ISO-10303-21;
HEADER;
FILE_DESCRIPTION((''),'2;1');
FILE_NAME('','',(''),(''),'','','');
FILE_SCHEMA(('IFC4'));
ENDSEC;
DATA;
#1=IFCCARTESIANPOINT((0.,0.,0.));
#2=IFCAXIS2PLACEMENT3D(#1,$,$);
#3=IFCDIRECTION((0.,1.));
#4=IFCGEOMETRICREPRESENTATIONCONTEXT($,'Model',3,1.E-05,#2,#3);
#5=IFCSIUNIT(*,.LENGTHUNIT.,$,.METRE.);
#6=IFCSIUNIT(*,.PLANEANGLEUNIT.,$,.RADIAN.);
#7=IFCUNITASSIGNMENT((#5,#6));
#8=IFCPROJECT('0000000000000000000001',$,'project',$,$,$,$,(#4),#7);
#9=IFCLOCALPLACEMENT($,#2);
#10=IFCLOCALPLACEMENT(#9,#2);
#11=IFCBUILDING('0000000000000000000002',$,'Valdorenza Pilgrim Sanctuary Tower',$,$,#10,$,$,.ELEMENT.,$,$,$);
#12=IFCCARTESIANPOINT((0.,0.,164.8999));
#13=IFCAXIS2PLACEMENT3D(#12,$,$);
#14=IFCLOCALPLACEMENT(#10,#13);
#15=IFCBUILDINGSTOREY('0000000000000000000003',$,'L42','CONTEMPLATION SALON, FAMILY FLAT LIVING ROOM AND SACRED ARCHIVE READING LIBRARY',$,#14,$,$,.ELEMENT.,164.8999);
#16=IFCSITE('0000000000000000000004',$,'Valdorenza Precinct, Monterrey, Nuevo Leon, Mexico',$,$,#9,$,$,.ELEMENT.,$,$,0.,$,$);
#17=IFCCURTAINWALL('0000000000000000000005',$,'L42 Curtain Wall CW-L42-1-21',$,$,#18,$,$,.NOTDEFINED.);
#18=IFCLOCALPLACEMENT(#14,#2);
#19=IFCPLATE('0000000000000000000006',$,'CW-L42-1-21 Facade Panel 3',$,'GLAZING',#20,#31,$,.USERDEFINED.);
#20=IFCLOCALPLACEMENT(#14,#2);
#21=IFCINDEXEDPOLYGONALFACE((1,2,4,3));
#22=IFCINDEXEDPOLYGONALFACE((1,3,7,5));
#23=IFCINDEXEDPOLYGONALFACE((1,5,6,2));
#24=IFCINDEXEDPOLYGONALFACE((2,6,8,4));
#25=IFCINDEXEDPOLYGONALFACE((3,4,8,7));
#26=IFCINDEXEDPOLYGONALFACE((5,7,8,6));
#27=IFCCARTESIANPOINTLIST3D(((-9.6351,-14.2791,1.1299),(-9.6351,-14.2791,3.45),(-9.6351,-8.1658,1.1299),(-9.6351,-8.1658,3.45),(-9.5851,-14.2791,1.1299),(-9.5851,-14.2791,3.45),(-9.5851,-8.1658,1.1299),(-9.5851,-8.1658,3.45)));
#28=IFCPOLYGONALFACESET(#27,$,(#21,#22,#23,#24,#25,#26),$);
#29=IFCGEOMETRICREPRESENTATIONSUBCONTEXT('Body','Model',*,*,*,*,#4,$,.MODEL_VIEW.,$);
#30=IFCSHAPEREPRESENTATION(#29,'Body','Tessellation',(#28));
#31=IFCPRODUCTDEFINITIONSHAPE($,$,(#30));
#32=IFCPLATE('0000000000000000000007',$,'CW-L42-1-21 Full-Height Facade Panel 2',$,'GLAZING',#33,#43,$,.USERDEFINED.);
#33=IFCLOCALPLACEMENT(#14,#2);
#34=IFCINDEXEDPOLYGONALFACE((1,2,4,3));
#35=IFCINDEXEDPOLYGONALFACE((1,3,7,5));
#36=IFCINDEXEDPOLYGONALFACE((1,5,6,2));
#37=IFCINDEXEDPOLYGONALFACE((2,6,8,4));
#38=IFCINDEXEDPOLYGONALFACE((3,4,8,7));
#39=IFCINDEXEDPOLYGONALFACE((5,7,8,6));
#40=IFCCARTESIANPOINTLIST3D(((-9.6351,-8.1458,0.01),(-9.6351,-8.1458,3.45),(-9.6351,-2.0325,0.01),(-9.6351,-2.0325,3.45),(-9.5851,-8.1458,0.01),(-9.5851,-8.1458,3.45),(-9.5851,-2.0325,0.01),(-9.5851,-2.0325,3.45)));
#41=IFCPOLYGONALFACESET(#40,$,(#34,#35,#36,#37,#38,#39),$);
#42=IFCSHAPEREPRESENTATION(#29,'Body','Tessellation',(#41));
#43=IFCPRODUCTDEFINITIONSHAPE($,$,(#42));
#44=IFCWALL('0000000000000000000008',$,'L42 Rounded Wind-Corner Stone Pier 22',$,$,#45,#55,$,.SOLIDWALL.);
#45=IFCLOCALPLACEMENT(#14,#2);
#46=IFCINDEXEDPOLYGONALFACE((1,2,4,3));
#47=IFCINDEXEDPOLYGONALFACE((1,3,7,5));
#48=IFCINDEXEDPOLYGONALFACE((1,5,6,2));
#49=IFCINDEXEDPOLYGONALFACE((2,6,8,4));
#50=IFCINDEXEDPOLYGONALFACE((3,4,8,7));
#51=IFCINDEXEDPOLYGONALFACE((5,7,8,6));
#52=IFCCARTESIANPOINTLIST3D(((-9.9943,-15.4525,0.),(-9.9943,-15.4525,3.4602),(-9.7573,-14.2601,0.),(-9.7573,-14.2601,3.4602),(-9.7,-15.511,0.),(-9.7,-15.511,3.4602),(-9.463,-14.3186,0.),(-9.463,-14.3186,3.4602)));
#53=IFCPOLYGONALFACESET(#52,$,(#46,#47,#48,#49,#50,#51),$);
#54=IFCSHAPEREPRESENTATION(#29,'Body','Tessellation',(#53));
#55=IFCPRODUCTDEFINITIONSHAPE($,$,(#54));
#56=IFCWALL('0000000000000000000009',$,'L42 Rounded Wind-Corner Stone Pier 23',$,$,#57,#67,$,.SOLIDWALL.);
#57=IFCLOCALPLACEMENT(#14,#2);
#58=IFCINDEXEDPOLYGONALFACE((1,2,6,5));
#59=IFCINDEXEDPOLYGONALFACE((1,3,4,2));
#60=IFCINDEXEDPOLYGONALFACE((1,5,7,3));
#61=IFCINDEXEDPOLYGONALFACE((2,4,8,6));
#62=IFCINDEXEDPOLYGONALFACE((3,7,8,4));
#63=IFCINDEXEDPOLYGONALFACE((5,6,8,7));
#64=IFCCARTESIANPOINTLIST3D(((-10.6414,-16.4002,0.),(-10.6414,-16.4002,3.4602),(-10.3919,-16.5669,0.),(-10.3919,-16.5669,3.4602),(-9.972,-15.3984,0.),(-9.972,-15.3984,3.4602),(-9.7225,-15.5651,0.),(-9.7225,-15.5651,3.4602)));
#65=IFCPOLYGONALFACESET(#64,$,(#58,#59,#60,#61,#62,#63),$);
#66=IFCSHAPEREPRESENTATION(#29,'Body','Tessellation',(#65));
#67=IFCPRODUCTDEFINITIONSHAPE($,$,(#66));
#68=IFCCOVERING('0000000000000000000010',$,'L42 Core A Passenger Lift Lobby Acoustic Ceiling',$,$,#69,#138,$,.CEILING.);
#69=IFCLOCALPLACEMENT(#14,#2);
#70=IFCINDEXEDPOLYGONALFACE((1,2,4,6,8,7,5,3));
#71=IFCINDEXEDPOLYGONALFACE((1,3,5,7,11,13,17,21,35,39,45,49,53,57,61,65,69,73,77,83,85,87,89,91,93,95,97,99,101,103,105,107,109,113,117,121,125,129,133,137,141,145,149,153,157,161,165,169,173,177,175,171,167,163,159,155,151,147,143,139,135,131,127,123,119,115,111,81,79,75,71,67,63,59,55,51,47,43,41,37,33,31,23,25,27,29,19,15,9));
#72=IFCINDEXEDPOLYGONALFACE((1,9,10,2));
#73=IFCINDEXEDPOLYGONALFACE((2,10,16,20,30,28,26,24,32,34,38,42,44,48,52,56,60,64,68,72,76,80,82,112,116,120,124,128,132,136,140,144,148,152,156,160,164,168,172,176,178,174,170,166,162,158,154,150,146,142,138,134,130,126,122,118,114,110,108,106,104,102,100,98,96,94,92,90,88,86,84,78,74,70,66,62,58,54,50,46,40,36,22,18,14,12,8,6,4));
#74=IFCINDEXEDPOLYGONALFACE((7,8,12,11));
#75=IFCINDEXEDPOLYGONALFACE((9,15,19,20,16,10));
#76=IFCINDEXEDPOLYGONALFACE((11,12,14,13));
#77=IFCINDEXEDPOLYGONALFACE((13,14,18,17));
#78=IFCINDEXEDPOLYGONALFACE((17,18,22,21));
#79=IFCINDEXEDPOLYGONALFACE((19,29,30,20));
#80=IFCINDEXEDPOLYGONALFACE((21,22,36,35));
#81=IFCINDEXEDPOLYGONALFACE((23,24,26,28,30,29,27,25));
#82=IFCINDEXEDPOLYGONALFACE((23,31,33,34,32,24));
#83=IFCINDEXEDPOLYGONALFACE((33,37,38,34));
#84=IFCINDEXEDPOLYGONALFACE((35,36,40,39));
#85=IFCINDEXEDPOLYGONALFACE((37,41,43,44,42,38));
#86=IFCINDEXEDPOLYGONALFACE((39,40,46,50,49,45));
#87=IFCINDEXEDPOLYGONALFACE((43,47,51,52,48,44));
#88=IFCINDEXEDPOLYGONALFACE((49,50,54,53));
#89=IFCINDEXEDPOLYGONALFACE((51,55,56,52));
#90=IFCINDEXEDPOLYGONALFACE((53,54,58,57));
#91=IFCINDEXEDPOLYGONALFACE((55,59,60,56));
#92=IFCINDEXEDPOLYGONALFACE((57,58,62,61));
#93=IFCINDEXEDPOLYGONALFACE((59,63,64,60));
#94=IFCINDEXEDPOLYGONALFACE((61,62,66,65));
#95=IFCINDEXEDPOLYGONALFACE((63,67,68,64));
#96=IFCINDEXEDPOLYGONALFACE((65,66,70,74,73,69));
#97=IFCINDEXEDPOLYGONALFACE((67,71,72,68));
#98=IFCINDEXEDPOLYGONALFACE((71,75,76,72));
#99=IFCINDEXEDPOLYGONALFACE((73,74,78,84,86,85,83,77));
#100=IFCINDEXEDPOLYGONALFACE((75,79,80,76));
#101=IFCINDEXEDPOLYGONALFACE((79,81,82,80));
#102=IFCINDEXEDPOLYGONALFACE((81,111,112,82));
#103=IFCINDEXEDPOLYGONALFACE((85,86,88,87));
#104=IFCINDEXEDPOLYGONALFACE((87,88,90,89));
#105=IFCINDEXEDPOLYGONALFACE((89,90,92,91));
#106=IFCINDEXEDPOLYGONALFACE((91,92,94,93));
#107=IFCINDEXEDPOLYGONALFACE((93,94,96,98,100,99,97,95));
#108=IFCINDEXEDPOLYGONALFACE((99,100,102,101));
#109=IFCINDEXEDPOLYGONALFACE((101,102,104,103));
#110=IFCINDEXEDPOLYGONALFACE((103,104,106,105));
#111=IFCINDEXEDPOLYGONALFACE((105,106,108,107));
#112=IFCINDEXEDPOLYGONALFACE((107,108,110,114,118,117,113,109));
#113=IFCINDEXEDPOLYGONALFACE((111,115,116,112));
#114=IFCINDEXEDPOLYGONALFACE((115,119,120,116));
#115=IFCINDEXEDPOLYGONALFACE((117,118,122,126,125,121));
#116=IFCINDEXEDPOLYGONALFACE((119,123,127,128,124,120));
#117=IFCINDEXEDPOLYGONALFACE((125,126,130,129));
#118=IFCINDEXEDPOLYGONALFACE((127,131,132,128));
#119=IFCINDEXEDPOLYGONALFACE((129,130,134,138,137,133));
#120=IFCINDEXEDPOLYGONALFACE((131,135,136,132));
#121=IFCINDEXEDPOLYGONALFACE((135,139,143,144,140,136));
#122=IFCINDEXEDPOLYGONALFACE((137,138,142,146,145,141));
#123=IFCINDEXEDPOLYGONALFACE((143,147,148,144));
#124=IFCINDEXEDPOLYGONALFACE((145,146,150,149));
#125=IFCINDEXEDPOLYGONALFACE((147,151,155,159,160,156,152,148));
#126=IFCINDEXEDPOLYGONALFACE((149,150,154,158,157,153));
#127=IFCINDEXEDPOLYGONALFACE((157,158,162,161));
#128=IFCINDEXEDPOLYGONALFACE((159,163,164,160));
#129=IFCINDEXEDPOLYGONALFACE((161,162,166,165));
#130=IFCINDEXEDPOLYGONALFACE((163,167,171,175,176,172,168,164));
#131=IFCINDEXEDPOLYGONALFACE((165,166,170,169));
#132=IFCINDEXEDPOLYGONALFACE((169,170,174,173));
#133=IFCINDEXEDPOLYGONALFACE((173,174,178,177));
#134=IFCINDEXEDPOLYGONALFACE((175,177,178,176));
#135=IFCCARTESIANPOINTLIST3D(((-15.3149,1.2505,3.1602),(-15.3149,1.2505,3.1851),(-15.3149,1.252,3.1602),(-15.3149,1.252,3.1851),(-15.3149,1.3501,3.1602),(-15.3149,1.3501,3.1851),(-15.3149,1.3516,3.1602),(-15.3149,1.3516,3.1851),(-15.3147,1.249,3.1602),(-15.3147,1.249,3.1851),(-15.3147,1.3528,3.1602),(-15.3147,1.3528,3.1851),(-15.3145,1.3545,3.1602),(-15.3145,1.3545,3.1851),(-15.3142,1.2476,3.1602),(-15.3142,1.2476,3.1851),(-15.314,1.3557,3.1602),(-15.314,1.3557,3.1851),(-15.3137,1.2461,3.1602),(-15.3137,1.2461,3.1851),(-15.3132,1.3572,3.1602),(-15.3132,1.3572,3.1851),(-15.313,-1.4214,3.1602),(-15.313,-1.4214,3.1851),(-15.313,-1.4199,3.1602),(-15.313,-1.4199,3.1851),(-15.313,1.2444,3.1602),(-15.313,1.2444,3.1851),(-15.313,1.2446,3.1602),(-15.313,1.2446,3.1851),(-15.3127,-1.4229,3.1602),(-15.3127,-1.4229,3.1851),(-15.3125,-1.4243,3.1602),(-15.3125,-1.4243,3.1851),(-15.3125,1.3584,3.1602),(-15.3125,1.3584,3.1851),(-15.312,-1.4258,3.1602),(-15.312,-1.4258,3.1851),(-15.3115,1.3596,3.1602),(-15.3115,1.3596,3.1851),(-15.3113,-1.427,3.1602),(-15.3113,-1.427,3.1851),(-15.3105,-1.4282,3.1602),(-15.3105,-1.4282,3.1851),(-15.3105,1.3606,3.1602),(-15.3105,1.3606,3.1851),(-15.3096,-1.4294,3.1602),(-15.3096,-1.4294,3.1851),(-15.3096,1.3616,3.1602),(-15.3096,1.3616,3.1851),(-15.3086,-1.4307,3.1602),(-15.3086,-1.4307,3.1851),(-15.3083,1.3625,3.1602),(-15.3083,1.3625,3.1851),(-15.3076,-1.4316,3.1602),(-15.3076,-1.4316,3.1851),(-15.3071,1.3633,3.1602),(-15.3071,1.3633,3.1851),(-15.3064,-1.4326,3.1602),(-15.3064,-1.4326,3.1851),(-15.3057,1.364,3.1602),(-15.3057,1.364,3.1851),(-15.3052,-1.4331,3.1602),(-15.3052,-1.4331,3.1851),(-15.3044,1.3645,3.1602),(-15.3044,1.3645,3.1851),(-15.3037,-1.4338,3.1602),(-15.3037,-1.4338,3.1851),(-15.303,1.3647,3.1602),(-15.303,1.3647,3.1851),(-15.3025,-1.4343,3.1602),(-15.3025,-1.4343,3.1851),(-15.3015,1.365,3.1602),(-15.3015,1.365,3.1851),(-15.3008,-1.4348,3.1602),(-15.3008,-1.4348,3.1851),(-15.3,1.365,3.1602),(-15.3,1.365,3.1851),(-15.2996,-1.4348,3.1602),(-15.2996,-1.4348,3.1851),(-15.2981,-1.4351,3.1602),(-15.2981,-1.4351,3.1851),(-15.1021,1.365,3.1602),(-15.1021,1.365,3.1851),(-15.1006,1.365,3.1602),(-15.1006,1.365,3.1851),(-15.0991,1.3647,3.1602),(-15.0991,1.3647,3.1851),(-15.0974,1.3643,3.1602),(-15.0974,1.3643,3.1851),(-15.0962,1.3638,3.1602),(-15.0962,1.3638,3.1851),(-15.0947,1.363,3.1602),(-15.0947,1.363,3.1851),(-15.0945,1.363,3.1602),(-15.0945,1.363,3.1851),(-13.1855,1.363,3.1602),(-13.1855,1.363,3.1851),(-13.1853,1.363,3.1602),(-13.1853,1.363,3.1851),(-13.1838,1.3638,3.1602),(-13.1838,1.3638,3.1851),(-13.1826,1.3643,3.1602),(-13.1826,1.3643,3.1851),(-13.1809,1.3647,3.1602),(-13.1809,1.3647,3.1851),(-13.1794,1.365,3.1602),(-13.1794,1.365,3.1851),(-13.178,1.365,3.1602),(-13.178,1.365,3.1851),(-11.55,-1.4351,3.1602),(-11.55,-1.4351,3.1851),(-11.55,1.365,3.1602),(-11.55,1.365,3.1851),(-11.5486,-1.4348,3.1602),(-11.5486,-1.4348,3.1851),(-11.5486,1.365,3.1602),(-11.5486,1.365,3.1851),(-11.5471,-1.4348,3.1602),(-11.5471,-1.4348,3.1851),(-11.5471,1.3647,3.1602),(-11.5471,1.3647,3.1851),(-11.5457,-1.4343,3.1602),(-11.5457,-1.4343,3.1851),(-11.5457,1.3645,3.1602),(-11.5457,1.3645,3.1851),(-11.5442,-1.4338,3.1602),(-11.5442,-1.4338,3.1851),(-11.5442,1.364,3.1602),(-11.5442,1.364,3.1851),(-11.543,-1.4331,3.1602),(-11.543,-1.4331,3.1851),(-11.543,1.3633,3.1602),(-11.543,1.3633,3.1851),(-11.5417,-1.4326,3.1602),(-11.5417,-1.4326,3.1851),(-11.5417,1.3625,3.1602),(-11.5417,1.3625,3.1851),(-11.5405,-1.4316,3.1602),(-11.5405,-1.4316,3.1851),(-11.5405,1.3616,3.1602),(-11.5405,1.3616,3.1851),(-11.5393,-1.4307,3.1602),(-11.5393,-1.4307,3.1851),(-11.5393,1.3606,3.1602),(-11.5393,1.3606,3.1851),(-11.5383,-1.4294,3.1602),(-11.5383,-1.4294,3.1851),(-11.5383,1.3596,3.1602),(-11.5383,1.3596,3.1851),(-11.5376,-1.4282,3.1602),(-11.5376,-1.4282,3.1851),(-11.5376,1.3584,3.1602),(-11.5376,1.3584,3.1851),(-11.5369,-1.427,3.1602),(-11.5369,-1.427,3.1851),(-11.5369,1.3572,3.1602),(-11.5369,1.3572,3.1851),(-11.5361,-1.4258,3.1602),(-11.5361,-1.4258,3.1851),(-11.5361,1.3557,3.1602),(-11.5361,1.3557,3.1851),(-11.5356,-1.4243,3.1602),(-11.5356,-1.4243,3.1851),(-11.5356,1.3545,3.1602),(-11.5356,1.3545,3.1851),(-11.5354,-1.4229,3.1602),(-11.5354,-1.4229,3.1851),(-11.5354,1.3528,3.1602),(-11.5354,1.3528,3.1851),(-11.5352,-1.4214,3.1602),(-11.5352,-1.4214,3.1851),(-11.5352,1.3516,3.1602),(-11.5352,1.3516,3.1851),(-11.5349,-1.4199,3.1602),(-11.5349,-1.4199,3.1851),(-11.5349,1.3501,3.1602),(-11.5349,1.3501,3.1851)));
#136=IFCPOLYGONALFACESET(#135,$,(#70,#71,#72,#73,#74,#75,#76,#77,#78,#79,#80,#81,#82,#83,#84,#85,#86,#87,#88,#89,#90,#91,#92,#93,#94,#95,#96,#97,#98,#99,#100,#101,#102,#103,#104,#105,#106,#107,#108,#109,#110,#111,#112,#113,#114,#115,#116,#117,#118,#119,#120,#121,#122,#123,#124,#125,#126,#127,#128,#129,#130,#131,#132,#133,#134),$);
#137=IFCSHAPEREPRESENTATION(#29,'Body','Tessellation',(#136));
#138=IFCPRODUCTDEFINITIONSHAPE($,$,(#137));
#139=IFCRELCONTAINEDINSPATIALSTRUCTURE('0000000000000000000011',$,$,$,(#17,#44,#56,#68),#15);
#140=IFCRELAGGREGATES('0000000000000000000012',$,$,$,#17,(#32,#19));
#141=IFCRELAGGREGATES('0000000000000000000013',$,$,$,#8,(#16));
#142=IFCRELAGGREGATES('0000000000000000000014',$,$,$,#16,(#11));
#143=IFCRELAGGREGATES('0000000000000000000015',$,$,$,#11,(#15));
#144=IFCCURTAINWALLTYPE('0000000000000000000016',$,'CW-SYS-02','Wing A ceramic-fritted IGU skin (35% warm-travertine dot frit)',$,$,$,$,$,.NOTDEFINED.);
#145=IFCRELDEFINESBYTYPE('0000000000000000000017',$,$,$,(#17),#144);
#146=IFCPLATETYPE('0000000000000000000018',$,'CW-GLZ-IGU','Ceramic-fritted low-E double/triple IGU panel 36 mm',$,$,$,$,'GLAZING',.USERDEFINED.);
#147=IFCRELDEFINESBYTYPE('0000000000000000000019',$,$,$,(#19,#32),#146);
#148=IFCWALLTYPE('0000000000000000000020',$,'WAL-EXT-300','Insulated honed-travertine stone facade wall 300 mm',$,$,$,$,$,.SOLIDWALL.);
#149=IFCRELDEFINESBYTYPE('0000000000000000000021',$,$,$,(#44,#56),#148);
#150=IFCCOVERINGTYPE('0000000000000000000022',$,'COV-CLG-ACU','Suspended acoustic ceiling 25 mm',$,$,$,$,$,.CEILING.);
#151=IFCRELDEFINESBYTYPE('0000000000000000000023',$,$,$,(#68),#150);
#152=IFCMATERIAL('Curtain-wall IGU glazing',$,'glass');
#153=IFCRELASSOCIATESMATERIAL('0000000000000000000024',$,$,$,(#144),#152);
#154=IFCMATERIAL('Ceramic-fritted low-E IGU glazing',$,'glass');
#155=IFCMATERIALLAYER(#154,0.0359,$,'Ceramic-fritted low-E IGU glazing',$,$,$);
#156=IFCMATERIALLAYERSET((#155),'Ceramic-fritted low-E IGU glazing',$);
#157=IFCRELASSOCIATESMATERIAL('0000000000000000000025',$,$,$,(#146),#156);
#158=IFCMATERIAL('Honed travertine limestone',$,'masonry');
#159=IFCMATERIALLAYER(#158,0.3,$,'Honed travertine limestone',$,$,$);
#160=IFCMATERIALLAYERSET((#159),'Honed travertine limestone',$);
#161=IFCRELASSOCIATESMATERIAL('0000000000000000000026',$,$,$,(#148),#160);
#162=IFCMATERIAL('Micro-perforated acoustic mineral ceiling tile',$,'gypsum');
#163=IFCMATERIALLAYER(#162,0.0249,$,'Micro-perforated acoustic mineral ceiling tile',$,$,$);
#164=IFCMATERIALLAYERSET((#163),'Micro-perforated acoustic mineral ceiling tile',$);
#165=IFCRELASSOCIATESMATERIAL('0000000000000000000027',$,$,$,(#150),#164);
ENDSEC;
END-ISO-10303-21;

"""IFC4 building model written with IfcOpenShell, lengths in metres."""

from ifc_helpers import new_model, si_unit, direction, frame, frame_2d, origin, origin_2d, place, context, subcontext, project, spatial, polyline, rectangle, outline, extrude, source, transform, mapped, material, layer, layer_set, type_object, element, aggregate, save


model = new_model("IFC4")

# Units and contexts
model_context = context("Model", 3, precision=1e-05, world=origin(), true_north=direction((0.0, 1.0)))
body_context = subcontext(model_context, "Body", "Model", "MODEL_VIEW")
ifc_project = project(units=[si_unit("LENGTHUNIT", "METRE"), si_unit("PLANEANGLEUNIT", "RADIAN")], contexts=[model_context])

# Site, building, storey
site_placement = place(None, origin())
site = spatial("IfcSite", under=ifc_project, at=site_placement, Name="Valdorenza Precinct, Monterrey, Nuevo Leon, Mexico", CompositionType="ELEMENT", RefElevation=0.0)
building_placement = place(site_placement, origin())
building = spatial("IfcBuilding", under=site, at=building_placement, Name="Valdorenza Pilgrim Sanctuary Tower", CompositionType="ELEMENT")
storey_placement = place(building_placement, frame((0.0, 0.0, 164.8999)))
storey = spatial("IfcBuildingStorey", under=building, at=storey_placement, Name="L42", Description="CONTEMPLATION SALON, FAMILY FLAT LIVING ROOM AND SACRED ARCHIVE READING LIBRARY", CompositionType="ELEMENT", Elevation=164.8999)

# Curtain wall
ifc_material_1 = material(Name="Curtain-wall IGU glazing", Category="glass")
curtain_wall_type = type_object("IfcCurtainWallType", Name="CW-SYS-02", Description="Wing A ceramic-fritted IGU skin (35% warm-travertine dot frit)", PredefinedType="NOTDEFINED", material=ifc_material_1)
curtain_wall_placement = place(storey_placement, origin())
curtain_wall = element("IfcCurtainWall", 1, at=curtain_wall_placement, inside=storey, type_object=curtain_wall_type, Name="L42 Curtain Wall CW-L42-1-21", PredefinedType="NOTDEFINED")

# Plates
ifc_material_2 = material(Name="Honed travertine limestone", Category="masonry")
ifc_material_3 = material(Name="Ceramic-fritted low-E IGU glazing", Category="glass")
ifc_layer_1 = layer(ifc_material_3, 0.0359, Name="Ceramic-fritted low-E IGU glazing")
ifc_layer_set_1 = layer_set([ifc_layer_1], Name="Ceramic-fritted low-E IGU glazing")
plate_type_1 = type_object("IfcPlateType", Name="CW-GLZ-IGU", Description="Ceramic-fritted low-E double/triple IGU panel 36 mm", ElementType="GLAZING", PredefinedType="USERDEFINED", material=ifc_layer_set_1)
shared_shape_1 = source(origin(), body_context, "Body", "SweptSolid", [
    extrude(rectangle(XDim=6.1133, YDim=0.05, at=origin_2d()), origin(), (0.0, 0.0, 1.0), 2.3201),
])
plate_1_placement = place(storey_placement, frame((-9.6101, -11.2224, 1.1299), z_axis=(0.0, 0.0, 1.0), x_axis=(0.0, -1.0, 0.0)))
plate_1 = element("IfcPlate", 2, at=plate_1_placement, type_object=plate_type_1, Name="CW-L42-1-21 Facade Panel 3", ObjectType="GLAZING", PredefinedType="USERDEFINED", context=body_context, shape_type="MappedRepresentation", body=[
    mapped(shared_shape_1, transform((0.0, 0.0, 0.0), x_axis=(1.0, 0.0, 0.0), y_axis=(0.0, 1.0, 0.0), z_axis=(0.0, 0.0, 1.0), scale=1.0)),
])
shared_shape_2 = source(origin(), body_context, "Body", "SweptSolid", [
    extrude(rectangle(XDim=6.1133, YDim=0.05, at=origin_2d()), origin(), (0.0, 0.0, 1.0), 3.4399),
])
plate_2_placement = place(storey_placement, frame((-9.6101, -5.0891, 0.01), z_axis=(0.0, 0.0, 1.0), x_axis=(0.0, -1.0, 0.0)))
plate_2 = element("IfcPlate", 3, at=plate_2_placement, type_object=plate_type_1, Name="CW-L42-1-21 Full-Height Facade Panel 2", ObjectType="GLAZING", PredefinedType="USERDEFINED", context=body_context, shape_type="MappedRepresentation", body=[
    mapped(shared_shape_2, transform((0.0, 0.0, 0.0), x_axis=(1.0, 0.0, 0.0), y_axis=(0.0, 1.0, 0.0), z_axis=(0.0, 0.0, 1.0), scale=1.0)),
])
aggregate(curtain_wall, [plate_2, plate_1])

# Walls
ifc_layer_2 = layer(ifc_material_2, 0.3, Name="Honed travertine limestone")
ifc_layer_set_2 = layer_set([ifc_layer_2], Name="Honed travertine limestone")
wall_type = type_object("IfcWallType", Name="WAL-EXT-300", Description="Insulated honed-travertine stone facade wall 300 mm", PredefinedType="SOLIDWALL", material=ifc_layer_set_2)
wall_1_placement = place(storey_placement, frame((-9.6101, -14.2893, 0.0), z_axis=(0.0, 0.0, 1.0), x_axis=(-0.194996, -0.980804, 0.0)))
element("IfcWall", 4, at=wall_1_placement, inside=storey, type_object=wall_type, Name="L42 Rounded Wind-Corner Stone Pier 22", PredefinedType="SOLIDWALL", context=body_context, shape_type="SweptSolid", body=[
    extrude(rectangle(XDim=1.2158, YDim=0.3, at=frame_2d((0.6079, 0.0))), origin(), (0.0, 0.0, 1.0), 3.4602),
])
wall_2_placement = place(storey_placement, frame((-9.8472, -15.4817, 0.0), z_axis=(0.0, 0.0, 1.0), x_axis=(-0.555635, -0.831426, 0.0)))
element("IfcWall", 5, at=wall_2_placement, inside=storey, type_object=wall_type, Name="L42 Rounded Wind-Corner Stone Pier 23", PredefinedType="SOLIDWALL", context=body_context, shape_type="SweptSolid", body=[
    extrude(rectangle(XDim=1.2048, YDim=0.3, at=frame_2d((0.6025, 0.0))), origin(), (0.0, 0.0, 1.0), 3.4602),
])

# Covering
ifc_material_4 = material(Name="Micro-perforated acoustic mineral ceiling tile", Category="gypsum")
ifc_layer_3 = layer(ifc_material_4, 0.0249, Name="Micro-perforated acoustic mineral ceiling tile")
ifc_layer_set_3 = layer_set([ifc_layer_3], Name="Micro-perforated acoustic mineral ceiling tile")
covering_type_1 = type_object("IfcCoveringType", Name="COV-CLG-ACU", Description="Suspended acoustic ceiling 25 mm", PredefinedType="CEILING", material=ifc_layer_set_3)
covering_1_placement = place(storey_placement, frame((0.0, 0.0, 3.1602)))
element("IfcCovering", 6, at=covering_1_placement, inside=storey, type_object=covering_type_1, Name="L42 Core A Passenger Lift Lobby Acoustic Ceiling", PredefinedType="CEILING", context=body_context, shape_type="SweptSolid", body=[
    extrude(outline(polyline([(-15.313, 1.2444), (-15.313, 1.2446), (-15.3137, 1.2461), (-15.3142, 1.2476), (-15.3147, 1.249), (-15.3149, 1.2505), (-15.3149, 1.252), (-15.3149, 1.3501), (-15.3149, 1.3516), (-15.3147, 1.3528), (-15.3145, 1.3545), (-15.314, 1.3557), (-15.3132, 1.3572), (-15.3125, 1.3584), (-15.3115, 1.3596), (-15.3105, 1.3606), (-15.3096, 1.3616), (-15.3083, 1.3625), (-15.3071, 1.3633), (-15.3057, 1.364), (-15.3044, 1.3645), (-15.303, 1.3647), (-15.3015, 1.365), (-15.3, 1.365), (-15.1021, 1.365), (-15.1006, 1.365), (-15.0991, 1.3647), (-15.0974, 1.3643), (-15.0962, 1.3638), (-15.0947, 1.363), (-15.0945, 1.363), (-13.1855, 1.363), (-13.1853, 1.363), (-13.1838, 1.3638), (-13.1826, 1.3643), (-13.1809, 1.3647), (-13.1794, 1.365), (-13.178, 1.365), (-11.55, 1.365), (-11.5486, 1.365), (-11.5471, 1.3647), (-11.5457, 1.3645), (-11.5442, 1.364), (-11.543, 1.3633), (-11.5417, 1.3625), (-11.5405, 1.3616), (-11.5393, 1.3606), (-11.5383, 1.3596), (-11.5376, 1.3584), (-11.5369, 1.3572), (-11.5361, 1.3557), (-11.5356, 1.3545), (-11.5354, 1.3528), (-11.5352, 1.3516), (-11.5349, 1.3501), (-11.5349, -1.4199), (-11.5352, -1.4214), (-11.5354, -1.4229), (-11.5356, -1.4243), (-11.5361, -1.4258), (-11.5369, -1.427), (-11.5376, -1.4282), (-11.5383, -1.4294), (-11.5393, -1.4307), (-11.5405, -1.4316), (-11.5417, -1.4326), (-11.543, -1.4331), (-11.5442, -1.4338), (-11.5457, -1.4343), (-11.5471, -1.4348), (-11.5486, -1.4348), (-11.55, -1.4351), (-15.2981, -1.4351), (-15.2996, -1.4348), (-15.3008, -1.4348), (-15.3025, -1.4343), (-15.3037, -1.4338), (-15.3052, -1.4331), (-15.3064, -1.4326), (-15.3076, -1.4316), (-15.3086, -1.4307), (-15.3096, -1.4294), (-15.3105, -1.4282), (-15.3113, -1.427), (-15.312, -1.4258), (-15.3125, -1.4243), (-15.3127, -1.4229), (-15.313, -1.4214), (-15.313, -1.4199), (-15.313, 1.2444)])), origin(), (0.0, 0.0, 1.0), 0.0249),
])

save(model, "model.ifc")
